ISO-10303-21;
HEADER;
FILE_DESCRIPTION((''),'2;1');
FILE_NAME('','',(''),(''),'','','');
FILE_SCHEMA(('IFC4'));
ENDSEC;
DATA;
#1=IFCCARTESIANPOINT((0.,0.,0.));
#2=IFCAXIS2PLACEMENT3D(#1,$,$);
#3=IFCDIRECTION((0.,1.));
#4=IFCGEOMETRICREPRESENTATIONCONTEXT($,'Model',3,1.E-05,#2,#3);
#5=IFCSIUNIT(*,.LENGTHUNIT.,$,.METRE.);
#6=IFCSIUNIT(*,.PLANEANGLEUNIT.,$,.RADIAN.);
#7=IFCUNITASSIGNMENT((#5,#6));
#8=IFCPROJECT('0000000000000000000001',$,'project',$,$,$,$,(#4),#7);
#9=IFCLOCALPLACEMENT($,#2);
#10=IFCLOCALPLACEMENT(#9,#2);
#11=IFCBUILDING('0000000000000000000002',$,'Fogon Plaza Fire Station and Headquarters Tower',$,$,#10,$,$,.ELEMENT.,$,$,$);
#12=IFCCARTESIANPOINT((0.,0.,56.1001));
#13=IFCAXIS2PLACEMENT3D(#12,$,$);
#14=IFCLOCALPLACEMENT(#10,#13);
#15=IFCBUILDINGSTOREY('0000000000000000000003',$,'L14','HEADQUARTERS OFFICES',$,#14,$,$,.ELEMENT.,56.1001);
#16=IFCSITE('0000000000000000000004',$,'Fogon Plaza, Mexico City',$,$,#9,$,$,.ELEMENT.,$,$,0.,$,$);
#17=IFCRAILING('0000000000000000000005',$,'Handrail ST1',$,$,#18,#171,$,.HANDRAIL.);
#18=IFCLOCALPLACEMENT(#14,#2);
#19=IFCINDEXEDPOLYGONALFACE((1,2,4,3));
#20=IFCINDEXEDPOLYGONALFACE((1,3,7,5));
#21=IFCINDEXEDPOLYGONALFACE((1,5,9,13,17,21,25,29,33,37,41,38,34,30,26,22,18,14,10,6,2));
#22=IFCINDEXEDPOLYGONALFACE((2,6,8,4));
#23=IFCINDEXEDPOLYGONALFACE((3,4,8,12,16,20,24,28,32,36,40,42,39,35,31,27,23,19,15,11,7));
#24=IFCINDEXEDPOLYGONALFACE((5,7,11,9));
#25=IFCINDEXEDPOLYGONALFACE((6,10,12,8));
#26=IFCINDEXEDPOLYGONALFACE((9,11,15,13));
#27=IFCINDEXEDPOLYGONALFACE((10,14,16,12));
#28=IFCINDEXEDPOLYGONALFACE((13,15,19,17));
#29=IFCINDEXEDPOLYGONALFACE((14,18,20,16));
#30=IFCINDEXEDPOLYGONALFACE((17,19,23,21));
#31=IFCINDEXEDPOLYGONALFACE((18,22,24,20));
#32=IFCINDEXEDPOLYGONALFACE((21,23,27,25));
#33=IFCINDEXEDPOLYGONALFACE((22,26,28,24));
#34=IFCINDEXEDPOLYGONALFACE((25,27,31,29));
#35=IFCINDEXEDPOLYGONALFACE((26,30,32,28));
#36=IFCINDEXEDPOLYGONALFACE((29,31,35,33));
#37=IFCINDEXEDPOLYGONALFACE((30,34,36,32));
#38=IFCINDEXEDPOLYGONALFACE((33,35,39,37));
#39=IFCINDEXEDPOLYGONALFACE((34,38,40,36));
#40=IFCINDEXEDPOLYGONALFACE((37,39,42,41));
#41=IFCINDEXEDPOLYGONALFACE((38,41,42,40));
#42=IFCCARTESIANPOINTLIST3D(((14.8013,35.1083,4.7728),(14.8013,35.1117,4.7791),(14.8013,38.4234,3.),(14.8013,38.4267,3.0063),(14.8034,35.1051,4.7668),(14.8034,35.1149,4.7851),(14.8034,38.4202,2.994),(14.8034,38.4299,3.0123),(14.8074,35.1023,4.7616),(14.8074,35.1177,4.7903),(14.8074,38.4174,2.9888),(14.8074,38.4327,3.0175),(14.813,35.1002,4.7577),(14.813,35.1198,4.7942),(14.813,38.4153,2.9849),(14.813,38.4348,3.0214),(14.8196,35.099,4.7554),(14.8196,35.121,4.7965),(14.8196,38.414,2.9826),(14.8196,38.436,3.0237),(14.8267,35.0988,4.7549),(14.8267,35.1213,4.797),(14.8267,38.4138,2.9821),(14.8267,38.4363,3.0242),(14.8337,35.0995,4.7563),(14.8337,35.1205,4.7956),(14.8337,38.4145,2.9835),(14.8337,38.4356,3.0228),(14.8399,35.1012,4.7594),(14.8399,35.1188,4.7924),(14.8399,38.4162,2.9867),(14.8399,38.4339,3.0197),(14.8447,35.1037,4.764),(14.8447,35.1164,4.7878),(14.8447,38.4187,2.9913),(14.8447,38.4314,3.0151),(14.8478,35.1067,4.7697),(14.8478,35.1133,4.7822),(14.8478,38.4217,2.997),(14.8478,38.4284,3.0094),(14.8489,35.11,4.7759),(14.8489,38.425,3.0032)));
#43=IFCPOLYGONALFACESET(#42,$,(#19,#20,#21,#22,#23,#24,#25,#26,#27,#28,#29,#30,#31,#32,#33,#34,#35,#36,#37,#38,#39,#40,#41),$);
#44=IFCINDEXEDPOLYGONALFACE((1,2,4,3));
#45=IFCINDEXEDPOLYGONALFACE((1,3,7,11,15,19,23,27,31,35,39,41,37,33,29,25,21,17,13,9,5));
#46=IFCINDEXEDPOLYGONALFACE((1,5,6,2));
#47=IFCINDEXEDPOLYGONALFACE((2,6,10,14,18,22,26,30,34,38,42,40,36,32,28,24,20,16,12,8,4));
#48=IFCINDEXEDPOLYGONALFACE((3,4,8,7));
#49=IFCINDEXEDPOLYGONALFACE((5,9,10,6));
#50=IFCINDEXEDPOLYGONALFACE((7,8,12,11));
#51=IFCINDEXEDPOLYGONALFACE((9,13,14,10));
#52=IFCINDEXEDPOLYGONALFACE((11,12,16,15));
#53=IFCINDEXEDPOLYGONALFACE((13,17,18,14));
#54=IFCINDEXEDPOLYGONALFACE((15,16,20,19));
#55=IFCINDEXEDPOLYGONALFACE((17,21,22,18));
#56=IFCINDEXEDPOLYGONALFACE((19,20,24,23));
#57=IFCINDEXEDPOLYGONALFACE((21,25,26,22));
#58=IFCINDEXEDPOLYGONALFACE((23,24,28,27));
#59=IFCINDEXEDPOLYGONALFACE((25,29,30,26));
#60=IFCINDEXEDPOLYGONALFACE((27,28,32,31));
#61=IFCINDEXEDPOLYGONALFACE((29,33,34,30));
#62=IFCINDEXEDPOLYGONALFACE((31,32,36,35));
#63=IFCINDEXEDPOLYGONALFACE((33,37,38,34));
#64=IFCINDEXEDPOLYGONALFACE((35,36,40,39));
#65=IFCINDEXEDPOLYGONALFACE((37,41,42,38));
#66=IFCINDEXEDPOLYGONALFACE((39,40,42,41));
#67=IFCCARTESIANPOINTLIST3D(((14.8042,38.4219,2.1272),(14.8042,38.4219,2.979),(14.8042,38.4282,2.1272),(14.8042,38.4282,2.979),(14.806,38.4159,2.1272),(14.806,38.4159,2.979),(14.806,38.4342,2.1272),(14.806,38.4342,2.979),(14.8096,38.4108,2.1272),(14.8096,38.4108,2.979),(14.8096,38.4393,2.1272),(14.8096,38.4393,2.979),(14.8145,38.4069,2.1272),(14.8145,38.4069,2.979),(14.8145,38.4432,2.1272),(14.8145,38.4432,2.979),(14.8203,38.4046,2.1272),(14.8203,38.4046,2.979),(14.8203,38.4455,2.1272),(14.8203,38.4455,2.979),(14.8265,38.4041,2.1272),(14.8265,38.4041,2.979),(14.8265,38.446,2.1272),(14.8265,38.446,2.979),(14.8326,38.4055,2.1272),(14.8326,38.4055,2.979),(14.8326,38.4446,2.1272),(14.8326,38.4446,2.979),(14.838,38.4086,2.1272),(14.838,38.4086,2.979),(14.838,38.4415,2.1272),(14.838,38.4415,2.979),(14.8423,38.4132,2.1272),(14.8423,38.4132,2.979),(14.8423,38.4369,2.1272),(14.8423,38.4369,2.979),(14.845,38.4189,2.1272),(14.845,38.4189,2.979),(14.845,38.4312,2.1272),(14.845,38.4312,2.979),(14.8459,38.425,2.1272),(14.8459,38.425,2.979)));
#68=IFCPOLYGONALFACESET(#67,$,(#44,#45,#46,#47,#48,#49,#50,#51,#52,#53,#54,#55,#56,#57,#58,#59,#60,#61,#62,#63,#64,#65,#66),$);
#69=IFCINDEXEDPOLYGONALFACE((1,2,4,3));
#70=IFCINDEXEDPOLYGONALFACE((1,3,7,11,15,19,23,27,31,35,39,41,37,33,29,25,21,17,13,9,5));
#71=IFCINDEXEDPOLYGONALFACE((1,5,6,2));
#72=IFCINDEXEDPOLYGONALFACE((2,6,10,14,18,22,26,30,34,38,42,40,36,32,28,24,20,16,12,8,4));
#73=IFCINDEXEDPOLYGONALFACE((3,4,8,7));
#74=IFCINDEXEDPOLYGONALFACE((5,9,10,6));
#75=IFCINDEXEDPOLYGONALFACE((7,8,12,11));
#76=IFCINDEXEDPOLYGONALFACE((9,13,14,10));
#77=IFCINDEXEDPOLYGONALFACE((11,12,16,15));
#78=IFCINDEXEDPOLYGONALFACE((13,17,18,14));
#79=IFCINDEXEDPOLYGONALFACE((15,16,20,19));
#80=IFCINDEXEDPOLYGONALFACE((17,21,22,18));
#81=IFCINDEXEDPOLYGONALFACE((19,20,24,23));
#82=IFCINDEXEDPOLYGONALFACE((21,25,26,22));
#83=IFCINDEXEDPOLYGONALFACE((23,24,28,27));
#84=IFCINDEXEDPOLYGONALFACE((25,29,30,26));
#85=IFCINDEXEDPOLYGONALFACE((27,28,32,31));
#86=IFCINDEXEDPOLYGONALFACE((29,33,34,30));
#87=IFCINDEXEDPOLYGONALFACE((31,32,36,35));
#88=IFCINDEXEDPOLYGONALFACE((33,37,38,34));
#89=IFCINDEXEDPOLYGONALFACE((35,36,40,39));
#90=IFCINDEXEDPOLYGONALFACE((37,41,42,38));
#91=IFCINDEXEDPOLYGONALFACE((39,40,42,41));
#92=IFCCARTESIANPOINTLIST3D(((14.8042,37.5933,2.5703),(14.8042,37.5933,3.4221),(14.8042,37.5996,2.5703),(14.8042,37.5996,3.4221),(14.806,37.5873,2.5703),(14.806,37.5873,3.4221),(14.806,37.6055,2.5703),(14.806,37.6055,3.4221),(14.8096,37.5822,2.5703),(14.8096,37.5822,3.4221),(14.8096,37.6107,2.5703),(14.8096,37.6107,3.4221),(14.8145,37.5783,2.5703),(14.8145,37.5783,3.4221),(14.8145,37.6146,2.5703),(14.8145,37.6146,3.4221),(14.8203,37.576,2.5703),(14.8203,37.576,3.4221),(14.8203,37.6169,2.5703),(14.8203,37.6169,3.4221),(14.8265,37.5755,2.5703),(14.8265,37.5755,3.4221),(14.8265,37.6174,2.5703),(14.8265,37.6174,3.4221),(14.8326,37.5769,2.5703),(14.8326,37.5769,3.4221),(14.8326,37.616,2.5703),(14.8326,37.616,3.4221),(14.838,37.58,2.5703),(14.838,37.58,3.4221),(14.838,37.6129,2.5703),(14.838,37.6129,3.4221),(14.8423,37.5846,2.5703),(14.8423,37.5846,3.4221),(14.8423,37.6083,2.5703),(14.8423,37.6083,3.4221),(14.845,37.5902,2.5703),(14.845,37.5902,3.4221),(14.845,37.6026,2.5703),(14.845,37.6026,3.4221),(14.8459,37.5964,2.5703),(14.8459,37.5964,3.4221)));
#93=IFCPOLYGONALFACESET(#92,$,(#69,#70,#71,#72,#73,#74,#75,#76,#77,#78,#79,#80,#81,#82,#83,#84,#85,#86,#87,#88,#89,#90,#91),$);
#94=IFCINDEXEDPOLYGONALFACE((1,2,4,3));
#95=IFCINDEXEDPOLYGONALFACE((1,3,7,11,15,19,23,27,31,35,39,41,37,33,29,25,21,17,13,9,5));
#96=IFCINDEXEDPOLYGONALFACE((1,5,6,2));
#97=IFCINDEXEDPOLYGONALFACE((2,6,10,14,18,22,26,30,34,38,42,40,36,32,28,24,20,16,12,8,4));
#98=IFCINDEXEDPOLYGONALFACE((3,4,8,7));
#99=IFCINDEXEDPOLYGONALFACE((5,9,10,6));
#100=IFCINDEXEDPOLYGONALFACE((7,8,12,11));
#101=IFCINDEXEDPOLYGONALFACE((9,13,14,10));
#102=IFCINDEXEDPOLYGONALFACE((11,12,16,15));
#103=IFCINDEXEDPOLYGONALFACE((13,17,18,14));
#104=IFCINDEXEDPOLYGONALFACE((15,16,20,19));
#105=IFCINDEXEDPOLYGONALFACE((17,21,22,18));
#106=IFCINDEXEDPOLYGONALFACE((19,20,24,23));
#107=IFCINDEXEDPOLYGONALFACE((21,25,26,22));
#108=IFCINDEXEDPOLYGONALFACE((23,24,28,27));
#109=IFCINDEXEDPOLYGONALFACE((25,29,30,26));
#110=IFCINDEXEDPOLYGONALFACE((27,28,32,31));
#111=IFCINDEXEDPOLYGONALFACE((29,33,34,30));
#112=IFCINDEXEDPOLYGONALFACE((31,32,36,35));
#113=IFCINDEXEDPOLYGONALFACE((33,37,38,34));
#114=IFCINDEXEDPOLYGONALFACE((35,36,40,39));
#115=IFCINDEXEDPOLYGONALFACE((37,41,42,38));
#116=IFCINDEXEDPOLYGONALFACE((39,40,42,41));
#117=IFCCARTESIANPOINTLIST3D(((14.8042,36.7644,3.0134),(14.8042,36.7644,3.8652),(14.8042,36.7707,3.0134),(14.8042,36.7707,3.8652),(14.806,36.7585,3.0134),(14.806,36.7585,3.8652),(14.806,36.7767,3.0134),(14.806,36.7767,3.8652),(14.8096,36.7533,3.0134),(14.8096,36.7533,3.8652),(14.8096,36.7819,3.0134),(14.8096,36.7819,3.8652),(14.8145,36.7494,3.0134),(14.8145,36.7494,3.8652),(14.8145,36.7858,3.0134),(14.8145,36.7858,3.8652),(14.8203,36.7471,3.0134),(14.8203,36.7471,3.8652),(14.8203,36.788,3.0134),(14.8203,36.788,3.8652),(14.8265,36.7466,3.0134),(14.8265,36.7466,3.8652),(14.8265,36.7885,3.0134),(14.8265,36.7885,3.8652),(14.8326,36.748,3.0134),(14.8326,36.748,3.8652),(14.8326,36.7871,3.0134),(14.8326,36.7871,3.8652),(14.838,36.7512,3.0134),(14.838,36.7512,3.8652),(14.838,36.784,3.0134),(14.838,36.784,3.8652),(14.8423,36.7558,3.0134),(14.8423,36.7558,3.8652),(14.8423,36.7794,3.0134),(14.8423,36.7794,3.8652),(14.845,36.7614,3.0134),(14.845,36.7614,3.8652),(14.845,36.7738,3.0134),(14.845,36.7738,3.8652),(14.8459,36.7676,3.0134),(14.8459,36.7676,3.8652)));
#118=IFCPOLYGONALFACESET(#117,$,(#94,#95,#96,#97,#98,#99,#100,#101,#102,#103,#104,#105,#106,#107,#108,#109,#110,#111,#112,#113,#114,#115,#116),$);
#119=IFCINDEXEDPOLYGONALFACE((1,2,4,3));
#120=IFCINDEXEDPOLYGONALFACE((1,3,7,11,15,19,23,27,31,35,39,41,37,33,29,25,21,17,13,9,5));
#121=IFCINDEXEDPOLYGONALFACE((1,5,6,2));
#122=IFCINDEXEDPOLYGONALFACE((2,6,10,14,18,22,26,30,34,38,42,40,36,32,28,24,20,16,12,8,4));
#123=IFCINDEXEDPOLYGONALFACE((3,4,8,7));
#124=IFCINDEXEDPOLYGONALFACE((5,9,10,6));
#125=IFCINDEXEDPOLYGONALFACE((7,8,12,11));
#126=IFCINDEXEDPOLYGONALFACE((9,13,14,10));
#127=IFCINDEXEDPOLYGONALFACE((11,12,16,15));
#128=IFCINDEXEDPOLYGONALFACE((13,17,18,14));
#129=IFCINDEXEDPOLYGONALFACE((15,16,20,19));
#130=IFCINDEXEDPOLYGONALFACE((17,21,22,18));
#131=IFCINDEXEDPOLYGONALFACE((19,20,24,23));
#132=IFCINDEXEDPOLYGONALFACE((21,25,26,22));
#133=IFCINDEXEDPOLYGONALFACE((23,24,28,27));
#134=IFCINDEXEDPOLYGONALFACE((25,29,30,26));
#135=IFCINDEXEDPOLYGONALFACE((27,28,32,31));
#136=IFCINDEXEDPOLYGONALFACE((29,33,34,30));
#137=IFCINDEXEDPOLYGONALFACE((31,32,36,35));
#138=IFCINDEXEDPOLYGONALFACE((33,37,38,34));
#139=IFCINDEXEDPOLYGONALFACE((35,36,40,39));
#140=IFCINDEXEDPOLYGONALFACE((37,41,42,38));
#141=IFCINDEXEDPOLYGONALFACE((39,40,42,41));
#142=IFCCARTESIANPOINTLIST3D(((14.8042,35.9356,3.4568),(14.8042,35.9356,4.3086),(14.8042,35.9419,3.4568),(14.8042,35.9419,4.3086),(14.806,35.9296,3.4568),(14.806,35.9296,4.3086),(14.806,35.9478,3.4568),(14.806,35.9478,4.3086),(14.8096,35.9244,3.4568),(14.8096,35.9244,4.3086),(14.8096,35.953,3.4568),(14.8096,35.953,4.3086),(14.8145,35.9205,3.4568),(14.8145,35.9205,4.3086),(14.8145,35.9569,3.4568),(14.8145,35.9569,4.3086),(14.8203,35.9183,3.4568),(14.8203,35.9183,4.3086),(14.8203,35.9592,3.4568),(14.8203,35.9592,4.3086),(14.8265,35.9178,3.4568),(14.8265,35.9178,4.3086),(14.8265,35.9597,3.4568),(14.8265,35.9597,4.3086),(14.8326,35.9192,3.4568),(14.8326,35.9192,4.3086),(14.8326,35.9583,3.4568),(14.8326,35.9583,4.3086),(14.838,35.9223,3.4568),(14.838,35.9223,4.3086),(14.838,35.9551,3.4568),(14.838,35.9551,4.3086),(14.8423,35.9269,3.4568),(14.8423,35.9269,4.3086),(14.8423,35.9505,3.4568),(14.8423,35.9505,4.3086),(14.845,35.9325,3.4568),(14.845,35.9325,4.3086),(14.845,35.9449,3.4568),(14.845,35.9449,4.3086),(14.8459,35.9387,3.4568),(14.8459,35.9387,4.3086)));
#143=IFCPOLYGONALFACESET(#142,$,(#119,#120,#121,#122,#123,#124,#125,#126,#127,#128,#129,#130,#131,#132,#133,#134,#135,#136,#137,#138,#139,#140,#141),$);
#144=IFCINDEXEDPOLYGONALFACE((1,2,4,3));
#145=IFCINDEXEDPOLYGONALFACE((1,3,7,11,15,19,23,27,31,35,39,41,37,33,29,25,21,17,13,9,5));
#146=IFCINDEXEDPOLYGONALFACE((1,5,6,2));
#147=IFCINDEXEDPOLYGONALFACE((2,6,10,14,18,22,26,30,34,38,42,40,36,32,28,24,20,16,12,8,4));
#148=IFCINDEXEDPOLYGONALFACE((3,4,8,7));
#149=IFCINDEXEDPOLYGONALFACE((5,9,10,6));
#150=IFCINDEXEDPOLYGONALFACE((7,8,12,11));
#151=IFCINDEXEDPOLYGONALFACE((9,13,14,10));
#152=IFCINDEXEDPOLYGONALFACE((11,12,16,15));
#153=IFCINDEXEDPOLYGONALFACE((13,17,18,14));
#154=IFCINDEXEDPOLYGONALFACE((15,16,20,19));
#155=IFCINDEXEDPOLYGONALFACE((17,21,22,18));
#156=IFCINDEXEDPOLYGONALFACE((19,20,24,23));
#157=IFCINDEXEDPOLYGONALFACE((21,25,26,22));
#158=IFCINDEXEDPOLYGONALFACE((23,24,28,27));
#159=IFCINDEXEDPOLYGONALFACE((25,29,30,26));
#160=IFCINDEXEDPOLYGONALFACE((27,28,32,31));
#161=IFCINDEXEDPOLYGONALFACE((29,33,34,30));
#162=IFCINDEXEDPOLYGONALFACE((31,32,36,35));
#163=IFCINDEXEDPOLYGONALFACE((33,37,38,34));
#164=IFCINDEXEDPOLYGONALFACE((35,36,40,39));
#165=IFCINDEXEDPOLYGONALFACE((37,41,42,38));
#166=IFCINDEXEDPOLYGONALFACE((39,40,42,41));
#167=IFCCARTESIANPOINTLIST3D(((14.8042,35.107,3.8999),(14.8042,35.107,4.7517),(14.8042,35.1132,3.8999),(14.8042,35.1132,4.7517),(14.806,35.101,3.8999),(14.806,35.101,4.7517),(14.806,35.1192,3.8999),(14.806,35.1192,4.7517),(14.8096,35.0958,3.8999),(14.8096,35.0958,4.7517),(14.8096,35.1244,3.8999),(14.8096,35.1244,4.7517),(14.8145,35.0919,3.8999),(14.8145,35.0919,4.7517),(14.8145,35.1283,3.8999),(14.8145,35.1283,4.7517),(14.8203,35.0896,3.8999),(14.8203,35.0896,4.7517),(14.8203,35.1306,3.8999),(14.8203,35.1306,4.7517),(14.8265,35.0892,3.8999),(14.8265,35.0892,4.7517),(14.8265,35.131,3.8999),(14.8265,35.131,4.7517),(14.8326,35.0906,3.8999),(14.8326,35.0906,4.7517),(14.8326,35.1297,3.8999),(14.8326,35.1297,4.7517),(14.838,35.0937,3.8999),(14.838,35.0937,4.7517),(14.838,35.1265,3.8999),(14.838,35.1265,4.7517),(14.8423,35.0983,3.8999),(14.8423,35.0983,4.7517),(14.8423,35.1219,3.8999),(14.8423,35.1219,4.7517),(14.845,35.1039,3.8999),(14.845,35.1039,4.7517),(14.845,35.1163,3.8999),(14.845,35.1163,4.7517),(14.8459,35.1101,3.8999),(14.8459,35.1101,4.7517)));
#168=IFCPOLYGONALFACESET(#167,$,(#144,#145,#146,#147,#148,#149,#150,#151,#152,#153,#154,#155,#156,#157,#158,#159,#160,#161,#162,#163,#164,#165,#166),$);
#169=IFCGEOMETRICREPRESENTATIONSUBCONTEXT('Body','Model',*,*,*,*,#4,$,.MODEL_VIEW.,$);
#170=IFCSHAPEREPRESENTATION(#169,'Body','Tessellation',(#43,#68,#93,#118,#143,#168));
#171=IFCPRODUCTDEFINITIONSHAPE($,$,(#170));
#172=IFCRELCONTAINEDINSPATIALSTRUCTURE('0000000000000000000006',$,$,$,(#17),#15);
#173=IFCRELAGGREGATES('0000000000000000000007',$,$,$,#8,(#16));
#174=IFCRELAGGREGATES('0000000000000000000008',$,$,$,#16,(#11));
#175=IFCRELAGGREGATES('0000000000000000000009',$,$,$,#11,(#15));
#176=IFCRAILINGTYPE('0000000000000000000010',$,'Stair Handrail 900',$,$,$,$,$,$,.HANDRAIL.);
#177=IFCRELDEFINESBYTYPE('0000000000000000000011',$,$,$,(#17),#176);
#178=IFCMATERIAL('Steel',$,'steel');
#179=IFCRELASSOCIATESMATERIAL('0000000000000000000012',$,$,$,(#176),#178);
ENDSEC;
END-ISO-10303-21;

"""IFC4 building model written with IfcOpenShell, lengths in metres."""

from ifc_helpers import new_model, si_unit, direction, frame, origin, origin_2d, place, context, subcontext, project, spatial, circle, extrude, material, type_object, element, save


model = new_model("IFC4")

# Units and contexts
model_context = context("Model", 3, precision=1e-05, world=origin(), true_north=direction((0.0, 1.0)))
body_context = subcontext(model_context, "Body", "Model", "MODEL_VIEW")
ifc_project = project(units=[si_unit("LENGTHUNIT", "METRE"), si_unit("PLANEANGLEUNIT", "RADIAN")], contexts=[model_context])

# Site, building, storey
site_placement = place(None, origin())
site = spatial("IfcSite", under=ifc_project, at=site_placement, Name="Fogon Plaza, Mexico City", CompositionType="ELEMENT", RefElevation=0.0)
building_placement = place(site_placement, origin())
building = spatial("IfcBuilding", under=site, at=building_placement, Name="Fogon Plaza Fire Station and Headquarters Tower", CompositionType="ELEMENT")
storey_placement = place(building_placement, frame((0.0, 0.0, 56.1001)))
storey = spatial("IfcBuildingStorey", under=building, at=storey_placement, Name="L14", Description="HEADQUARTERS OFFICES", CompositionType="ELEMENT", Elevation=56.1001)

# Railing
ifc_material_1 = material(Name="Steel", Category="steel")
railing_type = type_object("IfcRailingType", Name="Stair Handrail 900", PredefinedType="HANDRAIL", material=ifc_material_1)
for number, where, name in (
    (1, (14.825, 38.425, 2.1272), "Handrail ST1"),
):
    element("IfcRailing", number, at=place(storey_placement, frame(where)), inside=storey, type_object=railing_type, Name=name, PredefinedType="HANDRAIL", context=body_context, shape_type="SweptSolid", body=[
        extrude(circle(Radius=0.0239, at=origin_2d()), frame((0.0, 0.0, 0.876), z_axis=(0.0, -0.881829, 0.471569), x_axis=(1.0, 0.0, 0.0)), (0.0, 0.0, 1.0), 3.7593),
        extrude(circle(Radius=0.021, at=origin_2d()), origin(), (0.0, 0.0, 1.0), 0.8518),
        extrude(circle(Radius=0.021, at=origin_2d()), frame((0.0, -0.8286, 0.4431)), (0.0, 0.0, 1.0), 0.8518),
        extrude(circle(Radius=0.021, at=origin_2d()), frame((0.0, -1.6575, 0.8862)), (0.0, 0.0, 1.0), 0.8518),
        extrude(circle(Radius=0.021, at=origin_2d()), frame((0.0, -2.4863, 1.3296)), (0.0, 0.0, 1.0), 0.8518),
        extrude(circle(Radius=0.021, at=origin_2d()), frame((0.0, -3.3149, 1.7727)), (0.0, 0.0, 1.0), 0.8518),
    ])

save(model, "model.ifc")
